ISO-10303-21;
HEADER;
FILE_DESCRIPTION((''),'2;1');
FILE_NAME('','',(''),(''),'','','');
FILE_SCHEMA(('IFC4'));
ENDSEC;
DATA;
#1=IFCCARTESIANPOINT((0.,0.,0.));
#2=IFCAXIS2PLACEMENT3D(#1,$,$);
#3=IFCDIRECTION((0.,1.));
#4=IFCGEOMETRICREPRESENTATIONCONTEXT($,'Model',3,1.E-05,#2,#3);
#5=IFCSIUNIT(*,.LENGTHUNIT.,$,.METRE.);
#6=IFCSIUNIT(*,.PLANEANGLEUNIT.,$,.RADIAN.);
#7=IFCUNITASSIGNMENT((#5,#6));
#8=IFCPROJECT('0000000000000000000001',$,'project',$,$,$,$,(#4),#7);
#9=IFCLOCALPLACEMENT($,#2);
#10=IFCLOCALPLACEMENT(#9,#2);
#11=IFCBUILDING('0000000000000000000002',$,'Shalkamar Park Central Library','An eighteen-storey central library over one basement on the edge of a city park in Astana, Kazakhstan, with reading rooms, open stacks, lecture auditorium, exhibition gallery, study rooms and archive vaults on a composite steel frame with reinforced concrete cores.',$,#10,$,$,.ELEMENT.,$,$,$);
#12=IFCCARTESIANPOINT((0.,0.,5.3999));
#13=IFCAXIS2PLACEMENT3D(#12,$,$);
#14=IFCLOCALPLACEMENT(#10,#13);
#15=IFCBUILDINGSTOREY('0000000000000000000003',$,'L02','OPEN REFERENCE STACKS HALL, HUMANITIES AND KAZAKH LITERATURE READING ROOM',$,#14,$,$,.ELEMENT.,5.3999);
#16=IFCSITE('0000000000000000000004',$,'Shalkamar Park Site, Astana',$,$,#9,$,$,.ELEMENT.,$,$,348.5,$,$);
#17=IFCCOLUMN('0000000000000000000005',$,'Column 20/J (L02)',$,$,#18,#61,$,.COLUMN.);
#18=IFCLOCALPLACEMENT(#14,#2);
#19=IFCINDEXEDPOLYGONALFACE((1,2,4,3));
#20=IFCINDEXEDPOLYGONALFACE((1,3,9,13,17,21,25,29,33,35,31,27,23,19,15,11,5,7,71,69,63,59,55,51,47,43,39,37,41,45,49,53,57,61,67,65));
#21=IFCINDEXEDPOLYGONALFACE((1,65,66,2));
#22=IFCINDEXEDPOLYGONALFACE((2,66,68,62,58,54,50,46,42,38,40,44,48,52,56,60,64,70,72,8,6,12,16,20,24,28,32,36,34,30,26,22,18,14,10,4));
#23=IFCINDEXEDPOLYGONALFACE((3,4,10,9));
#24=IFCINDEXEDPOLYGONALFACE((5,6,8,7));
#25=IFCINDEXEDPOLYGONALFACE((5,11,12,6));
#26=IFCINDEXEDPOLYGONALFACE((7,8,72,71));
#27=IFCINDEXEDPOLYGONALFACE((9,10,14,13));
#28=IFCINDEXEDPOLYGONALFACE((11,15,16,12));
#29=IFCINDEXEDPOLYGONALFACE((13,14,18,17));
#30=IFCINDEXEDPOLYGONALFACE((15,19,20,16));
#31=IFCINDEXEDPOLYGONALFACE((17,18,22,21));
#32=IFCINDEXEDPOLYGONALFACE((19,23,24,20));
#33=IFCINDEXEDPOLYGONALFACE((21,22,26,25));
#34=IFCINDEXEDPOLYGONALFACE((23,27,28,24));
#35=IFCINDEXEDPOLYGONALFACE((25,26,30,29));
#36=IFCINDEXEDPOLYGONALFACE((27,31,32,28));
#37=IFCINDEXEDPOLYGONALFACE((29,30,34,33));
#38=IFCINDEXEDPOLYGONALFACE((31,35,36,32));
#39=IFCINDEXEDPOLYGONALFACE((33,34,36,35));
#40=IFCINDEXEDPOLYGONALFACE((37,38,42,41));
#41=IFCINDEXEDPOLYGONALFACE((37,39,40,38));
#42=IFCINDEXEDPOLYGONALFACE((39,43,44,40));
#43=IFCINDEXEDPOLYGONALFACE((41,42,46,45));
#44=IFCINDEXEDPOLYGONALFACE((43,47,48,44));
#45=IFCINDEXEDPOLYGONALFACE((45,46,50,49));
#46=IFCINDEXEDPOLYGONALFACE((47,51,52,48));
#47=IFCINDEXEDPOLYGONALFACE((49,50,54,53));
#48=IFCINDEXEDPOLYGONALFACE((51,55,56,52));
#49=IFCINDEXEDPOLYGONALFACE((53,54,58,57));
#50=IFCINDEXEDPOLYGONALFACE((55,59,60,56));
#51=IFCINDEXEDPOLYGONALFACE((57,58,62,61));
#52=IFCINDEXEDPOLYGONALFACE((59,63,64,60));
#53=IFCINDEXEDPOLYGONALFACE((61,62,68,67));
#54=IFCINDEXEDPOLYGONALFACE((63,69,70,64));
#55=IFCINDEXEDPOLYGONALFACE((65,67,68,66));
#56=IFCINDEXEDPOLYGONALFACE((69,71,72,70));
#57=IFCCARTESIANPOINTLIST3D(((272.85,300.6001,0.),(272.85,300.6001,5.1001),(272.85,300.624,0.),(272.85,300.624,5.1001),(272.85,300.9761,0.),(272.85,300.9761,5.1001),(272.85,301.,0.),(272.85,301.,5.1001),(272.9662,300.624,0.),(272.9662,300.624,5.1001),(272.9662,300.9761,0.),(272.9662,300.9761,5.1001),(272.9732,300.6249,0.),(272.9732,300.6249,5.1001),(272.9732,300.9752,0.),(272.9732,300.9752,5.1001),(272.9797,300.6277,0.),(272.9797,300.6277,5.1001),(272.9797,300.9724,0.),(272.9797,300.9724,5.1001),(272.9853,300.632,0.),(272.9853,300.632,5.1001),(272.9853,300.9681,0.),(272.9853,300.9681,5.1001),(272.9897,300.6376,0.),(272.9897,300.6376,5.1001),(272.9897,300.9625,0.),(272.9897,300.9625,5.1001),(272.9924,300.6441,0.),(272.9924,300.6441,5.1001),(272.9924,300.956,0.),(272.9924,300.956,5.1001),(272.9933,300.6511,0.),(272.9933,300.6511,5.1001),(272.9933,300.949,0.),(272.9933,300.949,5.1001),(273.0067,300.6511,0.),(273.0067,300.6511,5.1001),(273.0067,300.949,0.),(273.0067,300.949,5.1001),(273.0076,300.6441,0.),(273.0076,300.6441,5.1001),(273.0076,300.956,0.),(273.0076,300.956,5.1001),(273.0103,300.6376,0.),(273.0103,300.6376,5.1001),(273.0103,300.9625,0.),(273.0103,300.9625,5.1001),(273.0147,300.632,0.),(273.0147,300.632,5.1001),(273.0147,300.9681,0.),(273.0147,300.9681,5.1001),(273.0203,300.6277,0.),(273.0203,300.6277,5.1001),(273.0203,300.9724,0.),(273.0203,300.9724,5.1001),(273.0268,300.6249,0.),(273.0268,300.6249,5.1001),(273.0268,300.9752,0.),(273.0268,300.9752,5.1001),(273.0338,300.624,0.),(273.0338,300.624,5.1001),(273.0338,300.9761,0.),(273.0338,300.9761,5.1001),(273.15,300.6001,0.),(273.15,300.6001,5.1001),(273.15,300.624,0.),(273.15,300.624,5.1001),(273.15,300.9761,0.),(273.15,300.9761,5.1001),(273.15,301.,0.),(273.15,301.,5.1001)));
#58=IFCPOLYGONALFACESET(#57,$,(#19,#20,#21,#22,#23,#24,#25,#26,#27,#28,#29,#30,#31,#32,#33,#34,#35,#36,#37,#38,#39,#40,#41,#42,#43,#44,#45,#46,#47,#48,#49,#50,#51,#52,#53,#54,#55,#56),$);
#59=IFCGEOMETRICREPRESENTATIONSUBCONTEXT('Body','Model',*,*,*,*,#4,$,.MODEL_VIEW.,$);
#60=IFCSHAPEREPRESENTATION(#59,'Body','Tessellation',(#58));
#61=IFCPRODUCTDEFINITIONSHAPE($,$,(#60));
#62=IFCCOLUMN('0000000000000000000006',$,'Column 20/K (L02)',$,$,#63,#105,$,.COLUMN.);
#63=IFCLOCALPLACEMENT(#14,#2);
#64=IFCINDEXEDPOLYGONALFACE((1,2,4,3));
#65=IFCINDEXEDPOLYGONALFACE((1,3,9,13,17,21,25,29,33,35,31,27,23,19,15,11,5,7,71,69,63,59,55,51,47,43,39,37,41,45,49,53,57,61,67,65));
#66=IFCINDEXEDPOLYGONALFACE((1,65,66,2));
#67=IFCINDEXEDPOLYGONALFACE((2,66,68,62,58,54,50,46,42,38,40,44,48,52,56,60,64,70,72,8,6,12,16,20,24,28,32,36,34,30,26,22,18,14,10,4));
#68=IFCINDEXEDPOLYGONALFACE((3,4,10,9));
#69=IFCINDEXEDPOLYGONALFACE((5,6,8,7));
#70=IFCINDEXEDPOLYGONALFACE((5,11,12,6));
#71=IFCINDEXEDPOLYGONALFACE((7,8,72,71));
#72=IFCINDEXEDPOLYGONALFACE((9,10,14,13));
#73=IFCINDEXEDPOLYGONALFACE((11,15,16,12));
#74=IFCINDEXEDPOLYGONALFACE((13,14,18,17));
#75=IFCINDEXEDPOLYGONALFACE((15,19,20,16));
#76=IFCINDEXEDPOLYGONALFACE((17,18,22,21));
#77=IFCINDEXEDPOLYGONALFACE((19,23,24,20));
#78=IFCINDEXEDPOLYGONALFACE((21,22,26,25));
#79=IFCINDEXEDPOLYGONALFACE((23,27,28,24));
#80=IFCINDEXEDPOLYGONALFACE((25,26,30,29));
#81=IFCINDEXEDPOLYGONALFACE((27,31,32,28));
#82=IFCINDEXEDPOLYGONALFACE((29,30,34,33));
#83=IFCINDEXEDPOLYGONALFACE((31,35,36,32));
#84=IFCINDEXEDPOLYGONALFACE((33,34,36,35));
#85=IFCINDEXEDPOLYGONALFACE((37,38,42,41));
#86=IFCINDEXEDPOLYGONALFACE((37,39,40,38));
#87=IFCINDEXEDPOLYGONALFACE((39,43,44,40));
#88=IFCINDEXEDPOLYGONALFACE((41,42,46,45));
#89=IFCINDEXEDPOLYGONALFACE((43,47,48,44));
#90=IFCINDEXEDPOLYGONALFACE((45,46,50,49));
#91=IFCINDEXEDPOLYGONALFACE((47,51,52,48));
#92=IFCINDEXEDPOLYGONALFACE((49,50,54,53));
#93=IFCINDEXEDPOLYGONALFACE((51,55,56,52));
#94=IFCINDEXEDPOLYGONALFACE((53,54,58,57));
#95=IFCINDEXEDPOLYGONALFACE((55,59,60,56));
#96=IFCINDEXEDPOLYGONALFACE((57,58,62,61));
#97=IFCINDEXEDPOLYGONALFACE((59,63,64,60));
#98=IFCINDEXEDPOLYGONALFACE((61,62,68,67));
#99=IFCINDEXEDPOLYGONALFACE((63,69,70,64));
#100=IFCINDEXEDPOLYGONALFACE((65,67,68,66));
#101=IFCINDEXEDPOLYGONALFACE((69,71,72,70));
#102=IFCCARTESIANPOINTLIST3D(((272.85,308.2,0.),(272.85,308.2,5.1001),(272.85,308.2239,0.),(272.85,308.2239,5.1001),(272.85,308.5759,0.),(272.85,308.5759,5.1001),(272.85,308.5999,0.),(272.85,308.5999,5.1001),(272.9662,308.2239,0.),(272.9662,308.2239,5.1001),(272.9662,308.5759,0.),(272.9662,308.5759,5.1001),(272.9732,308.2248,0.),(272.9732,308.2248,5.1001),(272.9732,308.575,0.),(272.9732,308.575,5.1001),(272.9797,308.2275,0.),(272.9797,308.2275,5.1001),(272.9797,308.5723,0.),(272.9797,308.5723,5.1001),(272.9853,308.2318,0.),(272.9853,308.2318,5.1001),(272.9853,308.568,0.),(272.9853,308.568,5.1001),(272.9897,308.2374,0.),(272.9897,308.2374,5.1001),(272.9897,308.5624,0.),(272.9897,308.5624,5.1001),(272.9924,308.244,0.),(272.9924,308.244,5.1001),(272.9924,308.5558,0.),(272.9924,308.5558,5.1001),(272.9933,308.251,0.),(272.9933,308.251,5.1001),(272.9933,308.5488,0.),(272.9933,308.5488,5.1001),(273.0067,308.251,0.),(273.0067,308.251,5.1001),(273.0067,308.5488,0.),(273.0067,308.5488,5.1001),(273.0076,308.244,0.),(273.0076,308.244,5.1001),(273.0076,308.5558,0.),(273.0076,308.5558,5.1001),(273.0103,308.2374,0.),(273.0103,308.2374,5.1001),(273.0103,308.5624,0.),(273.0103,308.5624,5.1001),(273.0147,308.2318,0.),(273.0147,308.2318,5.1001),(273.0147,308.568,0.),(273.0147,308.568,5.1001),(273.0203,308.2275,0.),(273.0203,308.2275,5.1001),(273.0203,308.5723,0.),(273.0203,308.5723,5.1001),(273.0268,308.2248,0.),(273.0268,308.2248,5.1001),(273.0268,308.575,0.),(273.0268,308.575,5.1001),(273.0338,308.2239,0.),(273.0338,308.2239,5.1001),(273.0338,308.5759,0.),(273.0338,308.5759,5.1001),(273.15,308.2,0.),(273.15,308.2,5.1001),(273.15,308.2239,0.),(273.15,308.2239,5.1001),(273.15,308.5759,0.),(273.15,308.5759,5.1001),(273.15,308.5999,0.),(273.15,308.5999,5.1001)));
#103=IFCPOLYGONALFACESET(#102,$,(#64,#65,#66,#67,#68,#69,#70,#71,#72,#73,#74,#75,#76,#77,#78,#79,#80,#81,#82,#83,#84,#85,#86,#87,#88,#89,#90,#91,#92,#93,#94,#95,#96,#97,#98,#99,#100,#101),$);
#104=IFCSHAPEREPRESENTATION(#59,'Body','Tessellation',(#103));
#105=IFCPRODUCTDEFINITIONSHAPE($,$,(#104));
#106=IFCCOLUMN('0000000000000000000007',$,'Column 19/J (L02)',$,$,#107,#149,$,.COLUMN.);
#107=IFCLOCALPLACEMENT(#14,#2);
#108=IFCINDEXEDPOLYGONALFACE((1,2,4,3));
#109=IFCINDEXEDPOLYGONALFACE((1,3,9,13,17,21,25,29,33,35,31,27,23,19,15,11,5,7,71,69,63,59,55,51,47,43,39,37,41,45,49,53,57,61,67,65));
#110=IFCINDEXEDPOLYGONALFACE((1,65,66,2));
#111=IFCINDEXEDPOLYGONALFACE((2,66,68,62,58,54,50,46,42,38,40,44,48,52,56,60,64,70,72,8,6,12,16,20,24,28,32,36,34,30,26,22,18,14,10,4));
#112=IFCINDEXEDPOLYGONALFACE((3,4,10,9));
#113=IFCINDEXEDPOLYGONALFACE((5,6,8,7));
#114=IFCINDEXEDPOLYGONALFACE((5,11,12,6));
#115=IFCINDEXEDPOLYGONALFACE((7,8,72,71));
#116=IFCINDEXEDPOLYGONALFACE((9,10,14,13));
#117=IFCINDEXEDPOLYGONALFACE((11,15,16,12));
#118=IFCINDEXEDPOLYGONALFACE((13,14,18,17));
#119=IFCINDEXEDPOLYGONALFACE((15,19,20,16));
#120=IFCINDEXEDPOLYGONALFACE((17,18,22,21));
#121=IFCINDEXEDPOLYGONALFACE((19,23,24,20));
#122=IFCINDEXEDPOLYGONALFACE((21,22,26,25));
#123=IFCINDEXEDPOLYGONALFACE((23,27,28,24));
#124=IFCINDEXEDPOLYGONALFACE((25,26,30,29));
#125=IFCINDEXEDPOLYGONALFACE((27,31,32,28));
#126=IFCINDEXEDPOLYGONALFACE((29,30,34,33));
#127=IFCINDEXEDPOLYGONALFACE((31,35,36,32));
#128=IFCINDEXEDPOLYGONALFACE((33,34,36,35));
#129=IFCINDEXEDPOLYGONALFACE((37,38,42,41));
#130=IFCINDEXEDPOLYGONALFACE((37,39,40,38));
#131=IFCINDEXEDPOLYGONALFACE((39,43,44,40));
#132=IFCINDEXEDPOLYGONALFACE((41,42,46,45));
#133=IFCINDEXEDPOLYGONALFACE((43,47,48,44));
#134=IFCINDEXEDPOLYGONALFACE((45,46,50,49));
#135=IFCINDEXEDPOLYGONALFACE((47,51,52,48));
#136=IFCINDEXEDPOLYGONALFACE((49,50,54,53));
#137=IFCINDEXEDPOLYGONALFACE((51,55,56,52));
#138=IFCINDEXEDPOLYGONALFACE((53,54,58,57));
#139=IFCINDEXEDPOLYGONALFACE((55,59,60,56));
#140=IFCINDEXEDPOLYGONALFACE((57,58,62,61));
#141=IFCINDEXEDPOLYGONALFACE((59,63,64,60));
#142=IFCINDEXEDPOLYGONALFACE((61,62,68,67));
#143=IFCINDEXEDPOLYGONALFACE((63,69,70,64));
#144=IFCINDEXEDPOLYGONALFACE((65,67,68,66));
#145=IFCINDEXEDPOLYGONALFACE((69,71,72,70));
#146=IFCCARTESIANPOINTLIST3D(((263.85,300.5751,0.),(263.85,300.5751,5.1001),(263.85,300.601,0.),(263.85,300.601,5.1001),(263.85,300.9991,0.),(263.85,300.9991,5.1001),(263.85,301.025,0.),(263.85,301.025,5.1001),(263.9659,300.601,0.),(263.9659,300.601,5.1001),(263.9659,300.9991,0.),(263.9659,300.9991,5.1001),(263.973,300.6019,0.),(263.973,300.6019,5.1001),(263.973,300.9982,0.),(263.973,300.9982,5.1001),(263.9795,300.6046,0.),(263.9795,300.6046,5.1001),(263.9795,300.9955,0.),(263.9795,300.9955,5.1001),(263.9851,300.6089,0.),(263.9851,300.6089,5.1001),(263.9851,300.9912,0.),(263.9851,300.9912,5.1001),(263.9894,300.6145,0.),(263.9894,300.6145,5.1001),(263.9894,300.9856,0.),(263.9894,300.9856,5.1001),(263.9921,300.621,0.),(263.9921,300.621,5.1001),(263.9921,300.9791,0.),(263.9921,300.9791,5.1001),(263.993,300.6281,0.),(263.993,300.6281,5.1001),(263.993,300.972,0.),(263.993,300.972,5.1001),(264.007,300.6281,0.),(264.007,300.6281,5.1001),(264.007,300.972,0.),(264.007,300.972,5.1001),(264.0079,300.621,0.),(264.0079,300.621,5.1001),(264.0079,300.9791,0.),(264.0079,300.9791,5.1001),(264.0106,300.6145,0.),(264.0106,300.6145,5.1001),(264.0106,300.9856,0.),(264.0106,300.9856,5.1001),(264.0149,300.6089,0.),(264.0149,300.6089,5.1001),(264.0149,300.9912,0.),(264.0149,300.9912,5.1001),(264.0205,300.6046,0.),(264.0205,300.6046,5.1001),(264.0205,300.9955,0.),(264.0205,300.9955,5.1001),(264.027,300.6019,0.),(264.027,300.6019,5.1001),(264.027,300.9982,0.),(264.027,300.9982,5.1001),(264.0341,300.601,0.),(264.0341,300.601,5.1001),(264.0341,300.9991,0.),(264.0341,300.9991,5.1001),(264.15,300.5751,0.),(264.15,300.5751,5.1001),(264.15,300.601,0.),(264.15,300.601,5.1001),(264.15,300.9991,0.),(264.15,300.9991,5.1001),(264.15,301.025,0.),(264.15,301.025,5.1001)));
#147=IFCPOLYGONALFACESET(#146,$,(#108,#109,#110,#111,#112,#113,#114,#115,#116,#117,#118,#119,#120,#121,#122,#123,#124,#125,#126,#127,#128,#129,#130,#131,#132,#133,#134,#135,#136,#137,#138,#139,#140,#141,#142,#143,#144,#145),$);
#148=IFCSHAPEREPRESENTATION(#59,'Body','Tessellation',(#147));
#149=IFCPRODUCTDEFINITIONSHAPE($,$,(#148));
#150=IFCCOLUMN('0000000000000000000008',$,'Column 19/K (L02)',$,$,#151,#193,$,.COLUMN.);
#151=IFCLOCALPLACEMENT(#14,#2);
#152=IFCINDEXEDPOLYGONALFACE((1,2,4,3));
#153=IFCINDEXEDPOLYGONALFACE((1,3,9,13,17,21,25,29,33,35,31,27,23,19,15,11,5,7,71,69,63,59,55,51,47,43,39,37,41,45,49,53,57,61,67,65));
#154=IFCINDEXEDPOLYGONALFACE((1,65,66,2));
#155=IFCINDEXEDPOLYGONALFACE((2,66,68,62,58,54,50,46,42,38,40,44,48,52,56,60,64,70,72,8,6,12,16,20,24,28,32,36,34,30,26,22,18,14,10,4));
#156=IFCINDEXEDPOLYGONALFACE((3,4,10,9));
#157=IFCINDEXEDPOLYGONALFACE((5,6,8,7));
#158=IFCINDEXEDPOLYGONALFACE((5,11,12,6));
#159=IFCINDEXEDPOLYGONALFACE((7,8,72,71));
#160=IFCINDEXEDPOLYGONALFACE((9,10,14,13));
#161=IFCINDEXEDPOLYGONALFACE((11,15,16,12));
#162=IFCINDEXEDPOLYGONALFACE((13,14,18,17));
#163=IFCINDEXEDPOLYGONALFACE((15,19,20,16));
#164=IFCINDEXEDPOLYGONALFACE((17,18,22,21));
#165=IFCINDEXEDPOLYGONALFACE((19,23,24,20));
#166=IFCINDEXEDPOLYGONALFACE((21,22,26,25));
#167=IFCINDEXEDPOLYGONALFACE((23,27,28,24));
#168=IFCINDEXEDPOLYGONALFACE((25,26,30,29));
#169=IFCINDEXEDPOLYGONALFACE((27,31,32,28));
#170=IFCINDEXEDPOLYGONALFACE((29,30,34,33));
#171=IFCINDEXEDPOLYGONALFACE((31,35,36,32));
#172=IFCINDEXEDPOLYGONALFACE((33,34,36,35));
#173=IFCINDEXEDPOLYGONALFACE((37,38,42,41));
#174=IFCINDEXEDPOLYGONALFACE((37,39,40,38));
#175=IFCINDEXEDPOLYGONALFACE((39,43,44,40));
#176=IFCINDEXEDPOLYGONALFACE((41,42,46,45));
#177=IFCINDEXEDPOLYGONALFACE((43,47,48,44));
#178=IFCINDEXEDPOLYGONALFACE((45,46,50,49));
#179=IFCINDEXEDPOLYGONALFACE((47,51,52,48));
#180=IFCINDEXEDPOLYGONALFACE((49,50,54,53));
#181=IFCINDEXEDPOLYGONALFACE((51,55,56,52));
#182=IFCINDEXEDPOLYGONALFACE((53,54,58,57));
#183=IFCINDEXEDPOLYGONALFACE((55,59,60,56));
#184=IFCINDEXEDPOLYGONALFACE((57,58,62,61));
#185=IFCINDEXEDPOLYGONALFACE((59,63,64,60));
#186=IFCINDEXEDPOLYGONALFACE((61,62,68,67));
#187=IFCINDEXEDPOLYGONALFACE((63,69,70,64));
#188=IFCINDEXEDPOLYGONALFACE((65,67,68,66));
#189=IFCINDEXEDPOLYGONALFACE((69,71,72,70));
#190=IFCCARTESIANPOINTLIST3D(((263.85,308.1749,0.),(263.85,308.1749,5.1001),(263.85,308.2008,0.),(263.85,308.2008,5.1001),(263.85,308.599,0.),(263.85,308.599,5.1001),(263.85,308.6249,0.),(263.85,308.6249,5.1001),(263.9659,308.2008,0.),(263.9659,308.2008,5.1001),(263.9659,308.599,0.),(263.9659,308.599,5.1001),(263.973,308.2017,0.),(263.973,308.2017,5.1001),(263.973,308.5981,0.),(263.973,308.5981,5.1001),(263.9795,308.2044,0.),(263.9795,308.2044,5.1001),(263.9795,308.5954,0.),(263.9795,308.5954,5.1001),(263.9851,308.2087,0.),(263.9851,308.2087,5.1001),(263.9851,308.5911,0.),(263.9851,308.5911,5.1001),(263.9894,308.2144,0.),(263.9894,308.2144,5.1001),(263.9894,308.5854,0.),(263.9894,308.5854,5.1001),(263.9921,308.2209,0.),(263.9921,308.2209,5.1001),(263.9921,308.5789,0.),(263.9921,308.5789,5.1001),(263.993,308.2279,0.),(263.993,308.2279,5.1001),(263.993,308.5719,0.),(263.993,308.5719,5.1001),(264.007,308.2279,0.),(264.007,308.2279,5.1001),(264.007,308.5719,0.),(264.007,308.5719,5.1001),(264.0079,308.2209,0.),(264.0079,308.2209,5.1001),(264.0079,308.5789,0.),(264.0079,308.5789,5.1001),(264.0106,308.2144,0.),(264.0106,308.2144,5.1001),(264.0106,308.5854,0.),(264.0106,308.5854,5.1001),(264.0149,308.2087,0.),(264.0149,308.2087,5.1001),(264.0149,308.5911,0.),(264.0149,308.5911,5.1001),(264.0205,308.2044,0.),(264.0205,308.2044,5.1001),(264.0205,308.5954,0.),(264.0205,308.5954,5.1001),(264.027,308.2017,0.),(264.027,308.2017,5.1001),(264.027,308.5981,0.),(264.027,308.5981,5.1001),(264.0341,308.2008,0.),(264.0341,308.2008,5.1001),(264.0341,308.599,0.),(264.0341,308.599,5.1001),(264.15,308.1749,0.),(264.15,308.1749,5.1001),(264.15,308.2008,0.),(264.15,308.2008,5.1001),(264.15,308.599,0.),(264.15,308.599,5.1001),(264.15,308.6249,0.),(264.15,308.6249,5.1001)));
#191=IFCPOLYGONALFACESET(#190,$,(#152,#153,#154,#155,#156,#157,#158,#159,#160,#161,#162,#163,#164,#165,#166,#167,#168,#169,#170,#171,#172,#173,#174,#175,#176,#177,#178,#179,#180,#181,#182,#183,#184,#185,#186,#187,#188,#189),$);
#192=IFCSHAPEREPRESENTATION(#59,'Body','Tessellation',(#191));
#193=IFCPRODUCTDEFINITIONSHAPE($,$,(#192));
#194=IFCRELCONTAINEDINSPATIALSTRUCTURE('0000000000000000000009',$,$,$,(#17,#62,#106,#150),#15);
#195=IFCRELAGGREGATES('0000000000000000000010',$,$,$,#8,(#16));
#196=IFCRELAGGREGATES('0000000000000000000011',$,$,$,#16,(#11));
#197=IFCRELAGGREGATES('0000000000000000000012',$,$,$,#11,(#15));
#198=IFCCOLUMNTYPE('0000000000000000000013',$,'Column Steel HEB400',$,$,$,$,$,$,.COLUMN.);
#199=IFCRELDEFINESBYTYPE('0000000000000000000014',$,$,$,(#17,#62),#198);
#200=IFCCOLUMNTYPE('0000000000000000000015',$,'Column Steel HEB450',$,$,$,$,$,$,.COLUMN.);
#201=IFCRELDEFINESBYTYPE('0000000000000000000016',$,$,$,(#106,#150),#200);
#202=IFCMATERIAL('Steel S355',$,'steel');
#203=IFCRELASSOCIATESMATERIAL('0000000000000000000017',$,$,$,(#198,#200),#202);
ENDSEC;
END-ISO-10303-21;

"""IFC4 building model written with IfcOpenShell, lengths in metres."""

from ifc_helpers import new_model, si_unit, direction, frame, origin, origin_2d, place, context, subcontext, project, spatial, i_section, extrude, material, material_profile, profile_set, type_object, element, save


model = new_model("IFC4")

# Units and contexts
model_context = context("Model", 3, precision=1e-05, world=origin(), true_north=direction((0.0, 1.0)))
body_context = subcontext(model_context, "Body", "Model", "MODEL_VIEW")
ifc_project = project(units=[si_unit("LENGTHUNIT", "METRE"), si_unit("PLANEANGLEUNIT", "RADIAN")], contexts=[model_context])

# Site, building, storey
site_placement = place(None, origin())
site = spatial("IfcSite", under=ifc_project, at=site_placement, Name="Shalkamar Park Site, Astana", CompositionType="ELEMENT", RefElevation=348.5)
building_placement = place(site_placement, origin())
building = spatial("IfcBuilding", under=site, at=building_placement, Name="Shalkamar Park Central Library", Description="An eighteen-storey central library over one basement on the edge of a city park in Astana, Kazakhstan, with reading rooms, open stacks, lecture auditorium, exhibition gallery, study rooms and archive vaults on a composite steel frame with reinforced concrete cores.", CompositionType="ELEMENT")
storey_placement = place(building_placement, frame((0.0, 0.0, 5.3999)))
storey = spatial("IfcBuildingStorey", under=building, at=storey_placement, Name="L02", Description="OPEN REFERENCE STACKS HALL, HUMANITIES AND KAZAKH LITERATURE READING ROOM", CompositionType="ELEMENT", Elevation=5.3999)

# Columns
ifc_material_1 = material(Name="Steel S355", Category="steel")
ifc_material_profile_1 = material_profile(ifc_material_1, i_section(OverallWidth=0.3, OverallDepth=0.3999, WebThickness=0.0134, FlangeThickness=0.0239, FilletRadius=0.0271, at=origin_2d()), Name="HEB 400")
ifc_profile_set_1 = profile_set([ifc_material_profile_1], Name="Steel S355")
column_type_1 = type_object("IfcColumnType", Name="Column Steel HEB400", PredefinedType="COLUMN", material=ifc_profile_set_1)
for number, where, z_axis, x_axis, name in (
    (1, (273.0, 300.8, 0.0), (0.0, 0.0, 1.0), (1.0, 0.0, 0.0), "Column 20/J (L02)"),
    (2, (273.0, 308.3999, 0.0), (0.0, 0.0, 1.0), (1.0, 0.0, 0.0), "Column 20/K (L02)"),
):
    element("IfcColumn", number, at=place(storey_placement, frame(where, z_axis=z_axis, x_axis=x_axis)), inside=storey, type_object=column_type_1, Name=name, PredefinedType="COLUMN", context=body_context, shape_type="SweptSolid", body=[
        extrude(i_section(OverallWidth=0.3, OverallDepth=0.3999, WebThickness=0.0134, FlangeThickness=0.0239, FilletRadius=0.0271, at=origin_2d()), origin(), (0.0, 0.0, 1.0), 5.1001),
    ])
ifc_material_profile_2 = material_profile(ifc_material_1, i_section(OverallWidth=0.3, OverallDepth=0.45, WebThickness=0.0139, FlangeThickness=0.0259, FilletRadius=0.0271, at=origin_2d()), Name="HEB 450")
ifc_profile_set_2 = profile_set([ifc_material_profile_2], Name="Steel S355")
column_type_2 = type_object("IfcColumnType", Name="Column Steel HEB450", PredefinedType="COLUMN", material=ifc_profile_set_2)
for number, where, z_axis, x_axis, name in (
    (3, (264.0, 300.8, 0.0), (0.0, 0.0, 1.0), (1.0, 0.0, 0.0), "Column 19/J (L02)"),
    (4, (264.0, 308.3999, 0.0), (0.0, 0.0, 1.0), (1.0, 0.0, 0.0), "Column 19/K (L02)"),
):
    element("IfcColumn", number, at=place(storey_placement, frame(where, z_axis=z_axis, x_axis=x_axis)), inside=storey, type_object=column_type_2, Name=name, PredefinedType="COLUMN", context=body_context, shape_type="SweptSolid", body=[
        extrude(i_section(OverallWidth=0.3, OverallDepth=0.45, WebThickness=0.0139, FlangeThickness=0.0259, FilletRadius=0.0271, at=origin_2d()), origin(), (0.0, 0.0, 1.0), 5.1001),
    ])

save(model, "model.ifc")
